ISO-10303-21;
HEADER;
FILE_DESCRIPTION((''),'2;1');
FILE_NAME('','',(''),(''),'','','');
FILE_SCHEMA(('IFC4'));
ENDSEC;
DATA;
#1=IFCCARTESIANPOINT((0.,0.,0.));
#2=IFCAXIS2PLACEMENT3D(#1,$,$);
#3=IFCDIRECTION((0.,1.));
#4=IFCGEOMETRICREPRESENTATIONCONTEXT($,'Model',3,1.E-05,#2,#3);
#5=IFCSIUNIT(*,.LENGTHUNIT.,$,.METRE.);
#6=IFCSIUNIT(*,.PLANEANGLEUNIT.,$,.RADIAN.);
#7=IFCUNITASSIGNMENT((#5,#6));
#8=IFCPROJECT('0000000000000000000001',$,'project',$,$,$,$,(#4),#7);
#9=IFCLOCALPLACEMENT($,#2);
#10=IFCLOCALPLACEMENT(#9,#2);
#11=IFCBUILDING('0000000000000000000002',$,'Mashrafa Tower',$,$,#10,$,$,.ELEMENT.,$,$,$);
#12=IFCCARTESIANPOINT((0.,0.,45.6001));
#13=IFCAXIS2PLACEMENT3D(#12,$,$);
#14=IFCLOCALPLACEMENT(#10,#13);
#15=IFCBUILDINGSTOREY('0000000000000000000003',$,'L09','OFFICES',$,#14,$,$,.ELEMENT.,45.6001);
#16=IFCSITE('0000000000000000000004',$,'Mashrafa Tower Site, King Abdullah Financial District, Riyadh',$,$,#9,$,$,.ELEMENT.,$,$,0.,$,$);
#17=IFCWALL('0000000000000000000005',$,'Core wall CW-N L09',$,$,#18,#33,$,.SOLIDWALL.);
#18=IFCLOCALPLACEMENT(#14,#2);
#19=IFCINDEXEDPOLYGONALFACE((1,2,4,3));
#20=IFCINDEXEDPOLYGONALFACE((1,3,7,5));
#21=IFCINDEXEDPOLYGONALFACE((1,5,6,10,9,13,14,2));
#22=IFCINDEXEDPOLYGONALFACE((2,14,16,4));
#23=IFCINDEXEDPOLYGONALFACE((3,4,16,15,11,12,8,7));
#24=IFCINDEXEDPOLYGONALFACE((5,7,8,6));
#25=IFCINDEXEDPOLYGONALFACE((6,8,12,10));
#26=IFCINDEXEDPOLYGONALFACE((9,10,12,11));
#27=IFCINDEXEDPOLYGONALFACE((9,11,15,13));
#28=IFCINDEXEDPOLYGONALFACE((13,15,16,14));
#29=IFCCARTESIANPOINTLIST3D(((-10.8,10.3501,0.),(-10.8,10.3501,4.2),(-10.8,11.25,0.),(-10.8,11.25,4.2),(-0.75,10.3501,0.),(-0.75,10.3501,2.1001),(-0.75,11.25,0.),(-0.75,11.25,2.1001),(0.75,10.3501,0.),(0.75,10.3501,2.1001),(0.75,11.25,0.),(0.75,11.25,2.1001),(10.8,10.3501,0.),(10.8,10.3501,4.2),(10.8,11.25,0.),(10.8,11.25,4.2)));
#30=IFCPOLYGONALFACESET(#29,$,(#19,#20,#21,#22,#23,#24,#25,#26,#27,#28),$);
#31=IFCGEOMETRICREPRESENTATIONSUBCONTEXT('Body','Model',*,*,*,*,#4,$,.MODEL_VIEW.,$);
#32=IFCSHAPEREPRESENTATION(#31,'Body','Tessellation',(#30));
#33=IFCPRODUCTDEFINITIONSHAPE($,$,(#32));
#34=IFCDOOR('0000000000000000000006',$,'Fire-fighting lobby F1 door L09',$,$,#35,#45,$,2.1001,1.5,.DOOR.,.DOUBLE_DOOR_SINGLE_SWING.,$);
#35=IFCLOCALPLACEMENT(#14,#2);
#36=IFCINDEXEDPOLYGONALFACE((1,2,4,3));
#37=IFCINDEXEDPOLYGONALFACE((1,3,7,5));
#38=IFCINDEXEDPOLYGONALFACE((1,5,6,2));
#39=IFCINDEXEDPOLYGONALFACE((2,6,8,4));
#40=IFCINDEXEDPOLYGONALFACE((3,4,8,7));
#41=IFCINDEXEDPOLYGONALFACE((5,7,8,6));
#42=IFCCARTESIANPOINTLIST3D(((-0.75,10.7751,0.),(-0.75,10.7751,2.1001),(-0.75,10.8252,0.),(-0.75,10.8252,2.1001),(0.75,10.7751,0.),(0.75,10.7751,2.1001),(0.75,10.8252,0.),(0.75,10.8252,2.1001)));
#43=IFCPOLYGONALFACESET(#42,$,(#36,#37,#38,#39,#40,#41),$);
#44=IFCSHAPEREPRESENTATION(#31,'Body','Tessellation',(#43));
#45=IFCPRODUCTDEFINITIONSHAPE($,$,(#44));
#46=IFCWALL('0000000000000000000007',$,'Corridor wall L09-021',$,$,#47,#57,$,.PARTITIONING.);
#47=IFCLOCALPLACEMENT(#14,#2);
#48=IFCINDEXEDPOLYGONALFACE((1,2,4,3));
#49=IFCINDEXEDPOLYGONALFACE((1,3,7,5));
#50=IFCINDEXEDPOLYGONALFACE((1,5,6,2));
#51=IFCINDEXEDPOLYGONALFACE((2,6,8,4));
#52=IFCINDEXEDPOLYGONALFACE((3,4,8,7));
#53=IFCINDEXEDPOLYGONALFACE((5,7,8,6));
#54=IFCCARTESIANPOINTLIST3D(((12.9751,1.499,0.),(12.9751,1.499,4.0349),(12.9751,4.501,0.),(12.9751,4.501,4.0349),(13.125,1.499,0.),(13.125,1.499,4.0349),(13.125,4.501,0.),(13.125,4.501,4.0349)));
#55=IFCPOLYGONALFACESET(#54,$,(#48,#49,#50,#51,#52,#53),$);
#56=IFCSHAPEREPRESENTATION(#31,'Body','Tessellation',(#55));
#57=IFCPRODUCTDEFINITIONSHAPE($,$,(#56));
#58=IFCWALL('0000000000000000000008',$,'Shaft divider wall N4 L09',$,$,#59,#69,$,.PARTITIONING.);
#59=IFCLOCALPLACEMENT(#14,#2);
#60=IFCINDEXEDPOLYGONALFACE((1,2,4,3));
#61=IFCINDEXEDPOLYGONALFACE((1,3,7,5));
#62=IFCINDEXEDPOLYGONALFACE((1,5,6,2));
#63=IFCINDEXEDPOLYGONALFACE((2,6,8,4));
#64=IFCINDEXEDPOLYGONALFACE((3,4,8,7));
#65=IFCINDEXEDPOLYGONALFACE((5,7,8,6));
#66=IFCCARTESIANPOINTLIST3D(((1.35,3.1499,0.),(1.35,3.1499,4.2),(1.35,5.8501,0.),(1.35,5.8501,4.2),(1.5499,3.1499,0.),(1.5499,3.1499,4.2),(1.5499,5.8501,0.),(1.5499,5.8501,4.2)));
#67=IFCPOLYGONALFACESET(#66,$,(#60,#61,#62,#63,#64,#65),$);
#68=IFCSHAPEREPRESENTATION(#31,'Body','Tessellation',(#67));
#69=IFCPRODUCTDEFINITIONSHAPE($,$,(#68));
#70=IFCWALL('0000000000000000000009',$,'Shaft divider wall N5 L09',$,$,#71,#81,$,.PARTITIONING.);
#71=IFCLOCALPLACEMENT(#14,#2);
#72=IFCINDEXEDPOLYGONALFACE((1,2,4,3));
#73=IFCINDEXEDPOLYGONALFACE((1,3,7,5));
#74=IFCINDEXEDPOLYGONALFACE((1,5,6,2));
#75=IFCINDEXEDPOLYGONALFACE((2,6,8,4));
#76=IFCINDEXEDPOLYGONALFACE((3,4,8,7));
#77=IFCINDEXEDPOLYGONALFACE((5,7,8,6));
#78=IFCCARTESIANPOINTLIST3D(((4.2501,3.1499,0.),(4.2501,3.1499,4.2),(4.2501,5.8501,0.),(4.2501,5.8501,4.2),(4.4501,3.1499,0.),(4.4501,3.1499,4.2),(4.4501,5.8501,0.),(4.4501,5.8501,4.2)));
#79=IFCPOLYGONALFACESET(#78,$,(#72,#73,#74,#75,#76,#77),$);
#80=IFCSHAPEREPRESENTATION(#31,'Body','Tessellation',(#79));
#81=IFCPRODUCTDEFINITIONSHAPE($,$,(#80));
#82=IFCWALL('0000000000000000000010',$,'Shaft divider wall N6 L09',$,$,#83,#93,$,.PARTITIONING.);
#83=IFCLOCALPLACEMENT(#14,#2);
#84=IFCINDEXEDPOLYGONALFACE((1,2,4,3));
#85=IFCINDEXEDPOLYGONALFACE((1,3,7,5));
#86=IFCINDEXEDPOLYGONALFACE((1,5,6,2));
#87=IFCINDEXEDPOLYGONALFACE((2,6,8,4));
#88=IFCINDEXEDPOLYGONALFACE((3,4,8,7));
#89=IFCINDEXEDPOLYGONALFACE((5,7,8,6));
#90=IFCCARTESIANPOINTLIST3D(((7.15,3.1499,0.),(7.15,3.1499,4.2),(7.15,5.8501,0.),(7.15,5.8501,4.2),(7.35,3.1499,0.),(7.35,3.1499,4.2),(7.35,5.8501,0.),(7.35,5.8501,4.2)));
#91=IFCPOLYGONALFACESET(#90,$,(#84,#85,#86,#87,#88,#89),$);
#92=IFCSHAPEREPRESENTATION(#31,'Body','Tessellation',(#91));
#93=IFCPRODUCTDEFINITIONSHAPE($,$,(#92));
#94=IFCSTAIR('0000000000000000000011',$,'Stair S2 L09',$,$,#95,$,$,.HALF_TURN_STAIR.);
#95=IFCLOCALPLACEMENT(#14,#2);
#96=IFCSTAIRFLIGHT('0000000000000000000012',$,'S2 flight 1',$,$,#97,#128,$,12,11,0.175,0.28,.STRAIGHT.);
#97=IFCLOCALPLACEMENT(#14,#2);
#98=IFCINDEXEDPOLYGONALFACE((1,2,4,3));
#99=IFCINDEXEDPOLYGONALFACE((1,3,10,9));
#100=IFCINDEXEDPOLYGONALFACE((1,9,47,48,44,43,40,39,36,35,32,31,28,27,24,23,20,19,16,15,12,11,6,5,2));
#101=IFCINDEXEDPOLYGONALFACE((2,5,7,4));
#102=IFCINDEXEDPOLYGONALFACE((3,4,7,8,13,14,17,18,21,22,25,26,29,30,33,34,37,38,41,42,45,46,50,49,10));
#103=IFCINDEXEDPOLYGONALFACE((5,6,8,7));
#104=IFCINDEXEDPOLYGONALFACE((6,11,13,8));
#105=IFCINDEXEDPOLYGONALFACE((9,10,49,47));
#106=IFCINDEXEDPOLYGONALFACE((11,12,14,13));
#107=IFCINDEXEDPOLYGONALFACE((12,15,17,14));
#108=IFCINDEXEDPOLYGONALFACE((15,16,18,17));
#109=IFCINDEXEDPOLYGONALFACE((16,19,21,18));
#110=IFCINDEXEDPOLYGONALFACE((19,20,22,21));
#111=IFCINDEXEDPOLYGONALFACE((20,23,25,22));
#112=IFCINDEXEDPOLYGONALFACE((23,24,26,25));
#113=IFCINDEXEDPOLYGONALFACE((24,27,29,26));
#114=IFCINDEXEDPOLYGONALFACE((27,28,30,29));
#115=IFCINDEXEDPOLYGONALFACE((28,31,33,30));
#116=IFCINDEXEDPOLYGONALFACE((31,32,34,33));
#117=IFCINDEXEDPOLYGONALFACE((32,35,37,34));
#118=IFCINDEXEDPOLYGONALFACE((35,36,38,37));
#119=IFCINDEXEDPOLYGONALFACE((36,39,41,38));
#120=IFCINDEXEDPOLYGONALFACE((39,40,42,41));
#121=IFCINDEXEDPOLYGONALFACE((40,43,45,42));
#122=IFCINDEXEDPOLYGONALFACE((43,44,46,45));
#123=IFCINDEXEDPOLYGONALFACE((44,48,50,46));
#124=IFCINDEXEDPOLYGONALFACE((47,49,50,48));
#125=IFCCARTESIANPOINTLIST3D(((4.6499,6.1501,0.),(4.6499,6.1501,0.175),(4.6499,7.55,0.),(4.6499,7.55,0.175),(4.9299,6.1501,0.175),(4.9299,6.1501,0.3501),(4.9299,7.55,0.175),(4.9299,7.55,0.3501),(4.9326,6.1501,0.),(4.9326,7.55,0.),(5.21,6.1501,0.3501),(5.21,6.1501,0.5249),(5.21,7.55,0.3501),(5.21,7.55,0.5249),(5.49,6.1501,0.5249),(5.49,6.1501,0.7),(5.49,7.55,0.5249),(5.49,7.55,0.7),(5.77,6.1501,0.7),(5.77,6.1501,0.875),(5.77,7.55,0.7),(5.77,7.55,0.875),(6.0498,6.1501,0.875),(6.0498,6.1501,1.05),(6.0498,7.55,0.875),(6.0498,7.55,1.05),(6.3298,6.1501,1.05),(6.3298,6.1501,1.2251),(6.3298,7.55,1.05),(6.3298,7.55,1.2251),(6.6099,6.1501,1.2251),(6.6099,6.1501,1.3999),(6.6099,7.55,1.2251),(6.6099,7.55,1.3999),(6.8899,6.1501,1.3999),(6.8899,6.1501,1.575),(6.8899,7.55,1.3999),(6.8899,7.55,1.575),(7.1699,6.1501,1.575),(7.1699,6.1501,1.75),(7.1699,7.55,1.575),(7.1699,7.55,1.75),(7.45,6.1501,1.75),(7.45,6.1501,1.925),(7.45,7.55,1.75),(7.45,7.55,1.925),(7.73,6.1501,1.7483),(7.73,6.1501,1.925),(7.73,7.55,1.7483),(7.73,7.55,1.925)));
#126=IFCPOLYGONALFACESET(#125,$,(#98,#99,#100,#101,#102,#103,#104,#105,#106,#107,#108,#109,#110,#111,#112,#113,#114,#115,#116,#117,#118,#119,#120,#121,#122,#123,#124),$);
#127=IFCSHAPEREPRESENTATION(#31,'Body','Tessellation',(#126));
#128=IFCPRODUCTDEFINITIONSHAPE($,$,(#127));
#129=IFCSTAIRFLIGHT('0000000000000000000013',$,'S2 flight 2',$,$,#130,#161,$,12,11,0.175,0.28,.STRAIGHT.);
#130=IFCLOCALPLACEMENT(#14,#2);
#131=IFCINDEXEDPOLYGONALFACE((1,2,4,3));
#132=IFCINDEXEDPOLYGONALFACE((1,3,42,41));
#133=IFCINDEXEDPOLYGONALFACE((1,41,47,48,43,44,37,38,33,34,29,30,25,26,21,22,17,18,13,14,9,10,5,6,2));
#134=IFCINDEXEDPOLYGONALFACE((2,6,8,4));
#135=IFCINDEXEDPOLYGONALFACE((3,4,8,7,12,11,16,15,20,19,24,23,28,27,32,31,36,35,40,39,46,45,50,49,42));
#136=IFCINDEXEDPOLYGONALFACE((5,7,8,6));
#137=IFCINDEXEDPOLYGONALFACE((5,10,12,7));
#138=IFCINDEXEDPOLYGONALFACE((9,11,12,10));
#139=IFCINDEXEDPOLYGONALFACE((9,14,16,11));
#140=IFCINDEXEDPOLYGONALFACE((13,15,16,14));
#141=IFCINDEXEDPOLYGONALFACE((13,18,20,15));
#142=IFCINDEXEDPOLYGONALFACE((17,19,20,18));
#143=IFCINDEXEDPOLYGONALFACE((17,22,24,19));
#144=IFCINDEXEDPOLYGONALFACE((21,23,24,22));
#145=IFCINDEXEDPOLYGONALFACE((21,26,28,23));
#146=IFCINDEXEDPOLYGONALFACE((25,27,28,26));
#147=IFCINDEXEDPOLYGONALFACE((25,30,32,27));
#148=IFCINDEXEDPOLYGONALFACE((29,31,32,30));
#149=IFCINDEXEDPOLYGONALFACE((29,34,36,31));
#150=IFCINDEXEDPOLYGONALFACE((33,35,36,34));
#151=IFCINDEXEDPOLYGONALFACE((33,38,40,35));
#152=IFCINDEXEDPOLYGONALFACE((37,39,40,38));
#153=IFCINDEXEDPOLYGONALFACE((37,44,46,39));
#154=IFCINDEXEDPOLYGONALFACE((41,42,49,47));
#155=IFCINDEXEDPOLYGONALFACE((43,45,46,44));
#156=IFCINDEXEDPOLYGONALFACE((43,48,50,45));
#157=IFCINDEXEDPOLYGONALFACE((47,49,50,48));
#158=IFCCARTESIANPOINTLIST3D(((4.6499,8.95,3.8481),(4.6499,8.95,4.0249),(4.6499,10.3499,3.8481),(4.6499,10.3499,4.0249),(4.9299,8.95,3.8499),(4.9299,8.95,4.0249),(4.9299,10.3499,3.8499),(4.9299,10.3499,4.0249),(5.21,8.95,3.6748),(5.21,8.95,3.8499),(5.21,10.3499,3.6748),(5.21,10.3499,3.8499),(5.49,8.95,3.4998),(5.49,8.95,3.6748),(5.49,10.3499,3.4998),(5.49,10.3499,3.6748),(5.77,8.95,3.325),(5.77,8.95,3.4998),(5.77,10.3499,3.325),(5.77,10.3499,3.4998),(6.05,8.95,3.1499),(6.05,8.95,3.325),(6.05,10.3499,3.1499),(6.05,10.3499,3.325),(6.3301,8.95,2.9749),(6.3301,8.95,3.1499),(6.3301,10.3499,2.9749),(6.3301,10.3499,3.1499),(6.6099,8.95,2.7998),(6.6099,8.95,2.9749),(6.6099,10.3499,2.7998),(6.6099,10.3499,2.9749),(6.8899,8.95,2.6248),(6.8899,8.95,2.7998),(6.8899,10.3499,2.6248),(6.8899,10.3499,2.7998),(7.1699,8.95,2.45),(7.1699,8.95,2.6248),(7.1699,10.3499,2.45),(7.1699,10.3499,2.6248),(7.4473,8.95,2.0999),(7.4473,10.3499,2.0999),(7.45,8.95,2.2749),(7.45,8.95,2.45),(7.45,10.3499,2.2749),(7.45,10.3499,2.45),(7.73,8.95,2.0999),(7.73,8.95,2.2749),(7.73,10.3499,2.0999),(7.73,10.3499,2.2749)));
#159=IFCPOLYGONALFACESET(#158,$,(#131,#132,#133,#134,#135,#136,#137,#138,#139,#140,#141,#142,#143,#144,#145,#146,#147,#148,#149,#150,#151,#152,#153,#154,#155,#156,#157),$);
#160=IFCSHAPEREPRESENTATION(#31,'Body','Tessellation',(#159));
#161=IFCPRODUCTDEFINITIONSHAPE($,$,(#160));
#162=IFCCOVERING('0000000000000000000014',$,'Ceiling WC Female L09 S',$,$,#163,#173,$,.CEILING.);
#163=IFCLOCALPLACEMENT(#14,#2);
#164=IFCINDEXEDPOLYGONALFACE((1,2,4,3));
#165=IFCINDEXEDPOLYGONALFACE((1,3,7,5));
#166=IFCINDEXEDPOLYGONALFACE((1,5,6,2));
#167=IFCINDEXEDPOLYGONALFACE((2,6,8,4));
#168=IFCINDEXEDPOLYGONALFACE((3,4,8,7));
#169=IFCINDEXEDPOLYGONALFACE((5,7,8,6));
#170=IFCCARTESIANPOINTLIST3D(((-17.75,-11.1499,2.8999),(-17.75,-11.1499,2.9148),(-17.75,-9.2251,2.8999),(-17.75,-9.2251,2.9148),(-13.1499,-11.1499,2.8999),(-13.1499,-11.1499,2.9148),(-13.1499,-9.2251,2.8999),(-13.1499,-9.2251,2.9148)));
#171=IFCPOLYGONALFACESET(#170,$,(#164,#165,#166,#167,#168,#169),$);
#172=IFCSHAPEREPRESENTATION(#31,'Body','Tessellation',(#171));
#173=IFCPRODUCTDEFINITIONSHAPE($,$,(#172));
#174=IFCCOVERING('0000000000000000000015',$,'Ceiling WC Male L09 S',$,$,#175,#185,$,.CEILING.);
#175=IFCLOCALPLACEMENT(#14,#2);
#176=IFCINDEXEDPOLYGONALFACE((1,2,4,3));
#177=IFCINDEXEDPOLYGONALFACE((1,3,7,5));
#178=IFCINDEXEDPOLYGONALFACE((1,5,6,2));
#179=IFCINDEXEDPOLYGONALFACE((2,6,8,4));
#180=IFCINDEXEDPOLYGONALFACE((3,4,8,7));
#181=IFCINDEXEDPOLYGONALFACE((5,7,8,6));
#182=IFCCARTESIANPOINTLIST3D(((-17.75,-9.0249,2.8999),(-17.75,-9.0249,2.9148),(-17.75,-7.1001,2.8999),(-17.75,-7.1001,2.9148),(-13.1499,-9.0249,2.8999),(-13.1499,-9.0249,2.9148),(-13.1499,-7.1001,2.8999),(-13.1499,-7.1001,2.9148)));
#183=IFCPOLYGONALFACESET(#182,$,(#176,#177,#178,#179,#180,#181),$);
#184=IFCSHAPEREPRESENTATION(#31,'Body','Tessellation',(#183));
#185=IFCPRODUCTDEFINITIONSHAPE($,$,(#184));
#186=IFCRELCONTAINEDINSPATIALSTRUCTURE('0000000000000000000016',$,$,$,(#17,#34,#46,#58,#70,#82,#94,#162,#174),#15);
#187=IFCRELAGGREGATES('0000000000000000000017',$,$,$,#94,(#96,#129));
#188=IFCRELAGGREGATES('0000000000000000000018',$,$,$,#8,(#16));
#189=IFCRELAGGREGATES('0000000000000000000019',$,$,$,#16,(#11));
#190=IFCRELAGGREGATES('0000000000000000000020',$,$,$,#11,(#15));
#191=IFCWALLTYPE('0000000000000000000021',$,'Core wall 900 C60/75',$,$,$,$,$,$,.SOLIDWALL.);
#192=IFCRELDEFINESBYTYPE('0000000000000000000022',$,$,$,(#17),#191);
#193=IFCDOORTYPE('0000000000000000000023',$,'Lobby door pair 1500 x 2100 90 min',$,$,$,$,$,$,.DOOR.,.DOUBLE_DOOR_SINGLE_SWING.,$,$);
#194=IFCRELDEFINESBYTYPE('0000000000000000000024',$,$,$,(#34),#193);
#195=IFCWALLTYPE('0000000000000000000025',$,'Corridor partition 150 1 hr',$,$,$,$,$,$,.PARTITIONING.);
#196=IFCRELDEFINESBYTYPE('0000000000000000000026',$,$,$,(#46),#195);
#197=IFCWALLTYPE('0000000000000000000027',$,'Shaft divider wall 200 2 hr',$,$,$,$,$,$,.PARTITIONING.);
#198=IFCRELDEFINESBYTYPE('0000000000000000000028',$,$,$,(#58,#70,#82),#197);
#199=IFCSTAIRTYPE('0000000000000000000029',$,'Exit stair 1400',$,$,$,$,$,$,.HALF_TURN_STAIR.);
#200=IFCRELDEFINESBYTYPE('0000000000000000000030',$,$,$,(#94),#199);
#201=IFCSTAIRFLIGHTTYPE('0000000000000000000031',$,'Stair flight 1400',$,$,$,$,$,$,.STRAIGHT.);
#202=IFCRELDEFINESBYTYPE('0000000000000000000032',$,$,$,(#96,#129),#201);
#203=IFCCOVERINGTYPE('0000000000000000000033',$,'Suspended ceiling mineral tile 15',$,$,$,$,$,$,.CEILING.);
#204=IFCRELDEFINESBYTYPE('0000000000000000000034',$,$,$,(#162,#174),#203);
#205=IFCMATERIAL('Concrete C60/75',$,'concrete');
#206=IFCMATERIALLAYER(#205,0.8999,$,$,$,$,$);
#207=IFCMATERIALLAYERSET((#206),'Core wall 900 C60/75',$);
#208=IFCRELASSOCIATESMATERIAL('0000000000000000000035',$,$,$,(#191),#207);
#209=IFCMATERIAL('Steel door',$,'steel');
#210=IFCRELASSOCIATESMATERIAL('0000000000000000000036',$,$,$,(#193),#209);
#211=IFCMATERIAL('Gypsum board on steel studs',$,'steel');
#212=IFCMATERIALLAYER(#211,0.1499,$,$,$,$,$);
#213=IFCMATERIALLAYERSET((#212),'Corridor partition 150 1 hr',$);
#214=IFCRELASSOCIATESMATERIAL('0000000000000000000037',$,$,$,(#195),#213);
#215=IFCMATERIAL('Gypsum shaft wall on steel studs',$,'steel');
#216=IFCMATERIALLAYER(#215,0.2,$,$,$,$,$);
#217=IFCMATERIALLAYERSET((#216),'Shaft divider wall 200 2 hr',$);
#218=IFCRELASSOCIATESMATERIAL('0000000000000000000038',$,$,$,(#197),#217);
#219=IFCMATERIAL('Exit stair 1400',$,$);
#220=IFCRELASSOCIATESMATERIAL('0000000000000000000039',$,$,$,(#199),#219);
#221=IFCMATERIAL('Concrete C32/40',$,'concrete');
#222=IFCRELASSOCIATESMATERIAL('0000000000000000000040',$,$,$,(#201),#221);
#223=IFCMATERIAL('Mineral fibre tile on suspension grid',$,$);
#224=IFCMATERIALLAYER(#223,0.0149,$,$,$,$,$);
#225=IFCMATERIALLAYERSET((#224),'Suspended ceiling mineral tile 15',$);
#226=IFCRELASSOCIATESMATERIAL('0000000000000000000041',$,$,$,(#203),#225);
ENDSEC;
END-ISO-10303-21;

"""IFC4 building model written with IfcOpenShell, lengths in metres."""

from ifc_helpers import new_model, si_unit, direction, frame, frame_2d, origin, place, context, subcontext, project, spatial, polyline, rectangle, outline, extrude, material, layer, layer_set, type_object, element, fill, aggregate, save


model = new_model("IFC4")

# Units and contexts
model_context = context("Model", 3, precision=1e-05, world=origin(), true_north=direction((0.0, 1.0)))
body_context = subcontext(model_context, "Body", "Model", "MODEL_VIEW")
ifc_project = project(units=[si_unit("LENGTHUNIT", "METRE"), si_unit("PLANEANGLEUNIT", "RADIAN")], contexts=[model_context])

# Site, building, storey
site_placement = place(None, origin())
site = spatial("IfcSite", under=ifc_project, at=site_placement, Name="Mashrafa Tower Site, King Abdullah Financial District, Riyadh", CompositionType="ELEMENT", RefElevation=0.0)
building_placement = place(site_placement, origin())
building = spatial("IfcBuilding", under=site, at=building_placement, Name="Mashrafa Tower", CompositionType="ELEMENT")
storey_placement = place(building_placement, frame((0.0, 0.0, 45.6001)))
storey = spatial("IfcBuildingStorey", under=building, at=storey_placement, Name="L09", Description="OFFICES", CompositionType="ELEMENT", Elevation=45.6001)

# Wall, opening, door
ifc_material_1 = material(Name="Concrete C60/75", Category="concrete")
ifc_layer_1 = layer(ifc_material_1, 0.8999)
ifc_layer_set_1 = layer_set([ifc_layer_1], Name="Core wall 900 C60/75")
wall_type_1 = type_object("IfcWallType", Name="Core wall 900 C60/75", PredefinedType="SOLIDWALL", material=ifc_layer_set_1)
wall_1_placement = place(storey_placement, frame((10.8, 10.8, 0.0), z_axis=(0.0, 0.0, 1.0), x_axis=(-1.0, 0.0, 0.0)))
wall_1 = element("IfcWall", 1, at=wall_1_placement, inside=storey, type_object=wall_type_1, Name="Core wall CW-N L09", PredefinedType="SOLIDWALL", context=body_context, shape_type="SweptSolid", body=[
    extrude(rectangle(XDim=21.6001, YDim=0.8999, at=frame_2d((10.8, 0.0))), origin(), (0.0, 0.0, 1.0), 4.2),
])
opening_1_placement = place(wall_1_placement, frame((10.05, 0.0, 0.0)))
opening_1 = element("IfcOpeningElement", 2, at=opening_1_placement, cuts=wall_1, PredefinedType="OPENING", context=body_context, shape_type="SweptSolid", body=[
    extrude(rectangle(XDim=1.5, YDim=2.1001, at=frame_2d((0.75, 1.05))), frame((0.0, 0.46, 0.0), z_axis=(0.0, -1.0, 0.0), x_axis=(1.0, 0.0, 0.0)), (0.0, 0.0, 1.0), 0.9199),
])
ifc_material_2 = material(Name="Steel door", Category="steel")
door_type_1 = type_object("IfcDoorType", Name="Lobby door pair 1500 x 2100 90 min", OperationType="DOUBLE_DOOR_SINGLE_SWING", PredefinedType="DOOR", material=ifc_material_2)
door_1_placement = place(opening_1_placement, origin())
door_1 = element("IfcDoor", 3, at=door_1_placement, inside=storey, type_object=door_type_1, Name="Fire-fighting lobby F1 door L09", OperationType="DOUBLE_DOOR_SINGLE_SWING", OverallHeight=2.1001, OverallWidth=1.5, PredefinedType="DOOR", context=body_context, shape_type="SweptSolid", body=[
    extrude(rectangle(XDim=1.5, YDim=2.1001, at=frame_2d((0.75, 1.05))), frame((0.0, 0.0249, 0.0), z_axis=(0.0, -1.0, 0.0), x_axis=(1.0, 0.0, 0.0)), (0.0, 0.0, 1.0), 0.05),
])
fill(opening_1, door_1)

# Walls
ifc_material_3 = material(Name="Gypsum board on steel studs", Category="steel")
ifc_layer_2 = layer(ifc_material_3, 0.1499)
ifc_layer_set_2 = layer_set([ifc_layer_2], Name="Corridor partition 150 1 hr")
wall_type_2 = type_object("IfcWallType", Name="Corridor partition 150 1 hr", PredefinedType="PARTITIONING", material=ifc_layer_set_2)
wall_2_placement = place(storey_placement, frame((13.05, 1.499, 0.0), z_axis=(0.0, 0.0, 1.0), x_axis=(0.0, 1.0, 0.0)))
element("IfcWall", 4, at=wall_2_placement, inside=storey, type_object=wall_type_2, Name="Corridor wall L09-021", PredefinedType="PARTITIONING", context=body_context, shape_type="SweptSolid", body=[
    extrude(rectangle(XDim=3.002, YDim=0.1499, at=frame_2d((1.501, 0.0))), origin(), (0.0, 0.0, 1.0), 4.0349),
])
ifc_material_4 = material(Name="Gypsum shaft wall on steel studs", Category="steel")
ifc_layer_3 = layer(ifc_material_4, 0.2)
ifc_layer_set_3 = layer_set([ifc_layer_3], Name="Shaft divider wall 200 2 hr")
wall_type_3 = type_object("IfcWallType", Name="Shaft divider wall 200 2 hr", PredefinedType="PARTITIONING", material=ifc_layer_set_3)
for number, where, z_axis, x_axis, name in (
    (5, (1.45, 3.1499, 0.0), (0.0, 0.0, 1.0), (0.0, 1.0, 0.0), "Shaft divider wall N4 L09"),
    (6, (4.3501, 3.1499, 0.0), (0.0, 0.0, 1.0), (0.0, 1.0, 0.0), "Shaft divider wall N5 L09"),
    (7, (7.25, 3.1499, 0.0), (0.0, 0.0, 1.0), (0.0, 1.0, 0.0), "Shaft divider wall N6 L09"),
):
    element("IfcWall", number, at=place(storey_placement, frame(where, z_axis=z_axis, x_axis=x_axis)), inside=storey, type_object=wall_type_3, Name=name, PredefinedType="PARTITIONING", context=body_context, shape_type="SweptSolid", body=[
        extrude(rectangle(XDim=2.7002, YDim=0.2, at=frame_2d((1.3501, 0.0))), origin(), (0.0, 0.0, 1.0), 4.2),
    ])

# Stair, stair flights
ifc_material_5 = material(Name="Exit stair 1400")
stair_type = type_object("IfcStairType", Name="Exit stair 1400", PredefinedType="HALF_TURN_STAIR", material=ifc_material_5)
stair_placement = place(storey_placement, origin())
stair = element("IfcStair", 8, at=stair_placement, inside=storey, type_object=stair_type, Name="Stair S2 L09", PredefinedType="HALF_TURN_STAIR")
ifc_material_6 = material(Name="Concrete C32/40", Category="concrete")
stair_flight_type = type_object("IfcStairFlightType", Name="Stair flight 1400", PredefinedType="STRAIGHT", material=ifc_material_6)
stair_flight_1_placement = place(storey_placement, frame((4.6499, 6.8501, 0.0), z_axis=(0.0, 0.0, 1.0), x_axis=(1.0, 0.0, 0.0)))
stair_flight_1 = element("IfcStairFlight", 9, at=stair_flight_1_placement, type_object=stair_flight_type, Name="S2 flight 1", NumberOfRisers=12, NumberOfTreads=11, PredefinedType="STRAIGHT", RiserHeight=0.175, TreadLength=0.28, context=body_context, shape_type="SweptSolid", body=[
    extrude(outline(polyline([(0.0, 0.0), (0.0, 0.175), (0.28, 0.175), (0.28, 0.3501), (0.5601, 0.3501), (0.5601, 0.5249), (0.8401, 0.5249), (0.8401, 0.7), (1.1201, 0.7), (1.1201, 0.875), (1.3999, 0.875), (1.3999, 1.05), (1.6799, 1.05), (1.6799, 1.2251), (1.96, 1.2251), (1.96, 1.3999), (2.24, 1.3999), (2.24, 1.575), (2.52, 1.575), (2.52, 1.75), (2.8, 1.75), (2.8, 1.925), (3.0801, 1.925), (3.0801, 2.1001), (3.0801, 1.7483), (0.2827, 0.0), (0.0, 0.0)])), frame((0.0, 0.7, 0.0), z_axis=(0.0, -1.0, 0.0), x_axis=(1.0, 0.0, 0.0)), (0.0, 0.0, 1.0), 1.3999),
])
stair_flight_2_placement = place(storey_placement, frame((7.73, 9.6499, 2.0999), z_axis=(0.0, 0.0, 1.0), x_axis=(-1.0, 0.0, 0.0)))
stair_flight_2 = element("IfcStairFlight", 10, at=stair_flight_2_placement, type_object=stair_flight_type, Name="S2 flight 2", NumberOfRisers=12, NumberOfTreads=11, PredefinedType="STRAIGHT", RiserHeight=0.175, TreadLength=0.28, context=body_context, shape_type="SweptSolid", body=[
    extrude(outline(polyline([(0.0, 0.0), (0.0, 0.175), (0.28, 0.175), (0.28, 0.3501), (0.5601, 0.3501), (0.5601, 0.5249), (0.8401, 0.5249), (0.8401, 0.7), (1.1201, 0.7), (1.1201, 0.875), (1.3999, 0.875), (1.3999, 1.05), (1.6799, 1.05), (1.6799, 1.2251), (1.96, 1.2251), (1.96, 1.3999), (2.24, 1.3999), (2.24, 1.575), (2.52, 1.575), (2.52, 1.75), (2.8, 1.75), (2.8, 1.925), (3.0801, 1.925), (3.0801, 2.1001), (3.0801, 1.7483), (0.2827, 0.0), (0.0, 0.0)])), frame((0.0, 0.7, 0.0), z_axis=(0.0, -1.0, 0.0), x_axis=(1.0, 0.0, 0.0)), (0.0, 0.0, 1.0), 1.3999),
])
aggregate(stair, [stair_flight_1, stair_flight_2])

# Coverings
ifc_material_7 = material(Name="Mineral fibre tile on suspension grid")
ifc_layer_4 = layer(ifc_material_7, 0.0149)
ifc_layer_set_4 = layer_set([ifc_layer_4], Name="Suspended ceiling mineral tile 15")
covering_type = type_object("IfcCoveringType", Name="Suspended ceiling mineral tile 15", PredefinedType="CEILING", material=ifc_layer_set_4)
covering_1_placement = place(storey_placement, frame((0.0, 0.0, 2.8999)))
element("IfcCovering", 11, at=covering_1_placement, inside=storey, type_object=covering_type, Name="Ceiling WC Female L09 S", PredefinedType="CEILING", context=body_context, shape_type="SweptSolid", body=[
    extrude(outline(polyline([(-17.75, -11.1499), (-17.75, -9.2251), (-13.1499, -9.2251), (-13.1499, -11.1499), (-17.75, -11.1499)])), origin(), (0.0, 0.0, 1.0), 0.0149),
])
covering_2_placement = place(storey_placement, frame((0.0, 0.0, 2.8999)))
element("IfcCovering", 12, at=covering_2_placement, inside=storey, type_object=covering_type, Name="Ceiling WC Male L09 S", PredefinedType="CEILING", context=body_context, shape_type="SweptSolid", body=[
    extrude(outline(polyline([(-17.75, -9.0249), (-17.75, -7.1001), (-13.1499, -7.1001), (-13.1499, -9.0249), (-17.75, -9.0249)])), origin(), (0.0, 0.0, 1.0), 0.0149),
])

save(model, "model.ifc")
